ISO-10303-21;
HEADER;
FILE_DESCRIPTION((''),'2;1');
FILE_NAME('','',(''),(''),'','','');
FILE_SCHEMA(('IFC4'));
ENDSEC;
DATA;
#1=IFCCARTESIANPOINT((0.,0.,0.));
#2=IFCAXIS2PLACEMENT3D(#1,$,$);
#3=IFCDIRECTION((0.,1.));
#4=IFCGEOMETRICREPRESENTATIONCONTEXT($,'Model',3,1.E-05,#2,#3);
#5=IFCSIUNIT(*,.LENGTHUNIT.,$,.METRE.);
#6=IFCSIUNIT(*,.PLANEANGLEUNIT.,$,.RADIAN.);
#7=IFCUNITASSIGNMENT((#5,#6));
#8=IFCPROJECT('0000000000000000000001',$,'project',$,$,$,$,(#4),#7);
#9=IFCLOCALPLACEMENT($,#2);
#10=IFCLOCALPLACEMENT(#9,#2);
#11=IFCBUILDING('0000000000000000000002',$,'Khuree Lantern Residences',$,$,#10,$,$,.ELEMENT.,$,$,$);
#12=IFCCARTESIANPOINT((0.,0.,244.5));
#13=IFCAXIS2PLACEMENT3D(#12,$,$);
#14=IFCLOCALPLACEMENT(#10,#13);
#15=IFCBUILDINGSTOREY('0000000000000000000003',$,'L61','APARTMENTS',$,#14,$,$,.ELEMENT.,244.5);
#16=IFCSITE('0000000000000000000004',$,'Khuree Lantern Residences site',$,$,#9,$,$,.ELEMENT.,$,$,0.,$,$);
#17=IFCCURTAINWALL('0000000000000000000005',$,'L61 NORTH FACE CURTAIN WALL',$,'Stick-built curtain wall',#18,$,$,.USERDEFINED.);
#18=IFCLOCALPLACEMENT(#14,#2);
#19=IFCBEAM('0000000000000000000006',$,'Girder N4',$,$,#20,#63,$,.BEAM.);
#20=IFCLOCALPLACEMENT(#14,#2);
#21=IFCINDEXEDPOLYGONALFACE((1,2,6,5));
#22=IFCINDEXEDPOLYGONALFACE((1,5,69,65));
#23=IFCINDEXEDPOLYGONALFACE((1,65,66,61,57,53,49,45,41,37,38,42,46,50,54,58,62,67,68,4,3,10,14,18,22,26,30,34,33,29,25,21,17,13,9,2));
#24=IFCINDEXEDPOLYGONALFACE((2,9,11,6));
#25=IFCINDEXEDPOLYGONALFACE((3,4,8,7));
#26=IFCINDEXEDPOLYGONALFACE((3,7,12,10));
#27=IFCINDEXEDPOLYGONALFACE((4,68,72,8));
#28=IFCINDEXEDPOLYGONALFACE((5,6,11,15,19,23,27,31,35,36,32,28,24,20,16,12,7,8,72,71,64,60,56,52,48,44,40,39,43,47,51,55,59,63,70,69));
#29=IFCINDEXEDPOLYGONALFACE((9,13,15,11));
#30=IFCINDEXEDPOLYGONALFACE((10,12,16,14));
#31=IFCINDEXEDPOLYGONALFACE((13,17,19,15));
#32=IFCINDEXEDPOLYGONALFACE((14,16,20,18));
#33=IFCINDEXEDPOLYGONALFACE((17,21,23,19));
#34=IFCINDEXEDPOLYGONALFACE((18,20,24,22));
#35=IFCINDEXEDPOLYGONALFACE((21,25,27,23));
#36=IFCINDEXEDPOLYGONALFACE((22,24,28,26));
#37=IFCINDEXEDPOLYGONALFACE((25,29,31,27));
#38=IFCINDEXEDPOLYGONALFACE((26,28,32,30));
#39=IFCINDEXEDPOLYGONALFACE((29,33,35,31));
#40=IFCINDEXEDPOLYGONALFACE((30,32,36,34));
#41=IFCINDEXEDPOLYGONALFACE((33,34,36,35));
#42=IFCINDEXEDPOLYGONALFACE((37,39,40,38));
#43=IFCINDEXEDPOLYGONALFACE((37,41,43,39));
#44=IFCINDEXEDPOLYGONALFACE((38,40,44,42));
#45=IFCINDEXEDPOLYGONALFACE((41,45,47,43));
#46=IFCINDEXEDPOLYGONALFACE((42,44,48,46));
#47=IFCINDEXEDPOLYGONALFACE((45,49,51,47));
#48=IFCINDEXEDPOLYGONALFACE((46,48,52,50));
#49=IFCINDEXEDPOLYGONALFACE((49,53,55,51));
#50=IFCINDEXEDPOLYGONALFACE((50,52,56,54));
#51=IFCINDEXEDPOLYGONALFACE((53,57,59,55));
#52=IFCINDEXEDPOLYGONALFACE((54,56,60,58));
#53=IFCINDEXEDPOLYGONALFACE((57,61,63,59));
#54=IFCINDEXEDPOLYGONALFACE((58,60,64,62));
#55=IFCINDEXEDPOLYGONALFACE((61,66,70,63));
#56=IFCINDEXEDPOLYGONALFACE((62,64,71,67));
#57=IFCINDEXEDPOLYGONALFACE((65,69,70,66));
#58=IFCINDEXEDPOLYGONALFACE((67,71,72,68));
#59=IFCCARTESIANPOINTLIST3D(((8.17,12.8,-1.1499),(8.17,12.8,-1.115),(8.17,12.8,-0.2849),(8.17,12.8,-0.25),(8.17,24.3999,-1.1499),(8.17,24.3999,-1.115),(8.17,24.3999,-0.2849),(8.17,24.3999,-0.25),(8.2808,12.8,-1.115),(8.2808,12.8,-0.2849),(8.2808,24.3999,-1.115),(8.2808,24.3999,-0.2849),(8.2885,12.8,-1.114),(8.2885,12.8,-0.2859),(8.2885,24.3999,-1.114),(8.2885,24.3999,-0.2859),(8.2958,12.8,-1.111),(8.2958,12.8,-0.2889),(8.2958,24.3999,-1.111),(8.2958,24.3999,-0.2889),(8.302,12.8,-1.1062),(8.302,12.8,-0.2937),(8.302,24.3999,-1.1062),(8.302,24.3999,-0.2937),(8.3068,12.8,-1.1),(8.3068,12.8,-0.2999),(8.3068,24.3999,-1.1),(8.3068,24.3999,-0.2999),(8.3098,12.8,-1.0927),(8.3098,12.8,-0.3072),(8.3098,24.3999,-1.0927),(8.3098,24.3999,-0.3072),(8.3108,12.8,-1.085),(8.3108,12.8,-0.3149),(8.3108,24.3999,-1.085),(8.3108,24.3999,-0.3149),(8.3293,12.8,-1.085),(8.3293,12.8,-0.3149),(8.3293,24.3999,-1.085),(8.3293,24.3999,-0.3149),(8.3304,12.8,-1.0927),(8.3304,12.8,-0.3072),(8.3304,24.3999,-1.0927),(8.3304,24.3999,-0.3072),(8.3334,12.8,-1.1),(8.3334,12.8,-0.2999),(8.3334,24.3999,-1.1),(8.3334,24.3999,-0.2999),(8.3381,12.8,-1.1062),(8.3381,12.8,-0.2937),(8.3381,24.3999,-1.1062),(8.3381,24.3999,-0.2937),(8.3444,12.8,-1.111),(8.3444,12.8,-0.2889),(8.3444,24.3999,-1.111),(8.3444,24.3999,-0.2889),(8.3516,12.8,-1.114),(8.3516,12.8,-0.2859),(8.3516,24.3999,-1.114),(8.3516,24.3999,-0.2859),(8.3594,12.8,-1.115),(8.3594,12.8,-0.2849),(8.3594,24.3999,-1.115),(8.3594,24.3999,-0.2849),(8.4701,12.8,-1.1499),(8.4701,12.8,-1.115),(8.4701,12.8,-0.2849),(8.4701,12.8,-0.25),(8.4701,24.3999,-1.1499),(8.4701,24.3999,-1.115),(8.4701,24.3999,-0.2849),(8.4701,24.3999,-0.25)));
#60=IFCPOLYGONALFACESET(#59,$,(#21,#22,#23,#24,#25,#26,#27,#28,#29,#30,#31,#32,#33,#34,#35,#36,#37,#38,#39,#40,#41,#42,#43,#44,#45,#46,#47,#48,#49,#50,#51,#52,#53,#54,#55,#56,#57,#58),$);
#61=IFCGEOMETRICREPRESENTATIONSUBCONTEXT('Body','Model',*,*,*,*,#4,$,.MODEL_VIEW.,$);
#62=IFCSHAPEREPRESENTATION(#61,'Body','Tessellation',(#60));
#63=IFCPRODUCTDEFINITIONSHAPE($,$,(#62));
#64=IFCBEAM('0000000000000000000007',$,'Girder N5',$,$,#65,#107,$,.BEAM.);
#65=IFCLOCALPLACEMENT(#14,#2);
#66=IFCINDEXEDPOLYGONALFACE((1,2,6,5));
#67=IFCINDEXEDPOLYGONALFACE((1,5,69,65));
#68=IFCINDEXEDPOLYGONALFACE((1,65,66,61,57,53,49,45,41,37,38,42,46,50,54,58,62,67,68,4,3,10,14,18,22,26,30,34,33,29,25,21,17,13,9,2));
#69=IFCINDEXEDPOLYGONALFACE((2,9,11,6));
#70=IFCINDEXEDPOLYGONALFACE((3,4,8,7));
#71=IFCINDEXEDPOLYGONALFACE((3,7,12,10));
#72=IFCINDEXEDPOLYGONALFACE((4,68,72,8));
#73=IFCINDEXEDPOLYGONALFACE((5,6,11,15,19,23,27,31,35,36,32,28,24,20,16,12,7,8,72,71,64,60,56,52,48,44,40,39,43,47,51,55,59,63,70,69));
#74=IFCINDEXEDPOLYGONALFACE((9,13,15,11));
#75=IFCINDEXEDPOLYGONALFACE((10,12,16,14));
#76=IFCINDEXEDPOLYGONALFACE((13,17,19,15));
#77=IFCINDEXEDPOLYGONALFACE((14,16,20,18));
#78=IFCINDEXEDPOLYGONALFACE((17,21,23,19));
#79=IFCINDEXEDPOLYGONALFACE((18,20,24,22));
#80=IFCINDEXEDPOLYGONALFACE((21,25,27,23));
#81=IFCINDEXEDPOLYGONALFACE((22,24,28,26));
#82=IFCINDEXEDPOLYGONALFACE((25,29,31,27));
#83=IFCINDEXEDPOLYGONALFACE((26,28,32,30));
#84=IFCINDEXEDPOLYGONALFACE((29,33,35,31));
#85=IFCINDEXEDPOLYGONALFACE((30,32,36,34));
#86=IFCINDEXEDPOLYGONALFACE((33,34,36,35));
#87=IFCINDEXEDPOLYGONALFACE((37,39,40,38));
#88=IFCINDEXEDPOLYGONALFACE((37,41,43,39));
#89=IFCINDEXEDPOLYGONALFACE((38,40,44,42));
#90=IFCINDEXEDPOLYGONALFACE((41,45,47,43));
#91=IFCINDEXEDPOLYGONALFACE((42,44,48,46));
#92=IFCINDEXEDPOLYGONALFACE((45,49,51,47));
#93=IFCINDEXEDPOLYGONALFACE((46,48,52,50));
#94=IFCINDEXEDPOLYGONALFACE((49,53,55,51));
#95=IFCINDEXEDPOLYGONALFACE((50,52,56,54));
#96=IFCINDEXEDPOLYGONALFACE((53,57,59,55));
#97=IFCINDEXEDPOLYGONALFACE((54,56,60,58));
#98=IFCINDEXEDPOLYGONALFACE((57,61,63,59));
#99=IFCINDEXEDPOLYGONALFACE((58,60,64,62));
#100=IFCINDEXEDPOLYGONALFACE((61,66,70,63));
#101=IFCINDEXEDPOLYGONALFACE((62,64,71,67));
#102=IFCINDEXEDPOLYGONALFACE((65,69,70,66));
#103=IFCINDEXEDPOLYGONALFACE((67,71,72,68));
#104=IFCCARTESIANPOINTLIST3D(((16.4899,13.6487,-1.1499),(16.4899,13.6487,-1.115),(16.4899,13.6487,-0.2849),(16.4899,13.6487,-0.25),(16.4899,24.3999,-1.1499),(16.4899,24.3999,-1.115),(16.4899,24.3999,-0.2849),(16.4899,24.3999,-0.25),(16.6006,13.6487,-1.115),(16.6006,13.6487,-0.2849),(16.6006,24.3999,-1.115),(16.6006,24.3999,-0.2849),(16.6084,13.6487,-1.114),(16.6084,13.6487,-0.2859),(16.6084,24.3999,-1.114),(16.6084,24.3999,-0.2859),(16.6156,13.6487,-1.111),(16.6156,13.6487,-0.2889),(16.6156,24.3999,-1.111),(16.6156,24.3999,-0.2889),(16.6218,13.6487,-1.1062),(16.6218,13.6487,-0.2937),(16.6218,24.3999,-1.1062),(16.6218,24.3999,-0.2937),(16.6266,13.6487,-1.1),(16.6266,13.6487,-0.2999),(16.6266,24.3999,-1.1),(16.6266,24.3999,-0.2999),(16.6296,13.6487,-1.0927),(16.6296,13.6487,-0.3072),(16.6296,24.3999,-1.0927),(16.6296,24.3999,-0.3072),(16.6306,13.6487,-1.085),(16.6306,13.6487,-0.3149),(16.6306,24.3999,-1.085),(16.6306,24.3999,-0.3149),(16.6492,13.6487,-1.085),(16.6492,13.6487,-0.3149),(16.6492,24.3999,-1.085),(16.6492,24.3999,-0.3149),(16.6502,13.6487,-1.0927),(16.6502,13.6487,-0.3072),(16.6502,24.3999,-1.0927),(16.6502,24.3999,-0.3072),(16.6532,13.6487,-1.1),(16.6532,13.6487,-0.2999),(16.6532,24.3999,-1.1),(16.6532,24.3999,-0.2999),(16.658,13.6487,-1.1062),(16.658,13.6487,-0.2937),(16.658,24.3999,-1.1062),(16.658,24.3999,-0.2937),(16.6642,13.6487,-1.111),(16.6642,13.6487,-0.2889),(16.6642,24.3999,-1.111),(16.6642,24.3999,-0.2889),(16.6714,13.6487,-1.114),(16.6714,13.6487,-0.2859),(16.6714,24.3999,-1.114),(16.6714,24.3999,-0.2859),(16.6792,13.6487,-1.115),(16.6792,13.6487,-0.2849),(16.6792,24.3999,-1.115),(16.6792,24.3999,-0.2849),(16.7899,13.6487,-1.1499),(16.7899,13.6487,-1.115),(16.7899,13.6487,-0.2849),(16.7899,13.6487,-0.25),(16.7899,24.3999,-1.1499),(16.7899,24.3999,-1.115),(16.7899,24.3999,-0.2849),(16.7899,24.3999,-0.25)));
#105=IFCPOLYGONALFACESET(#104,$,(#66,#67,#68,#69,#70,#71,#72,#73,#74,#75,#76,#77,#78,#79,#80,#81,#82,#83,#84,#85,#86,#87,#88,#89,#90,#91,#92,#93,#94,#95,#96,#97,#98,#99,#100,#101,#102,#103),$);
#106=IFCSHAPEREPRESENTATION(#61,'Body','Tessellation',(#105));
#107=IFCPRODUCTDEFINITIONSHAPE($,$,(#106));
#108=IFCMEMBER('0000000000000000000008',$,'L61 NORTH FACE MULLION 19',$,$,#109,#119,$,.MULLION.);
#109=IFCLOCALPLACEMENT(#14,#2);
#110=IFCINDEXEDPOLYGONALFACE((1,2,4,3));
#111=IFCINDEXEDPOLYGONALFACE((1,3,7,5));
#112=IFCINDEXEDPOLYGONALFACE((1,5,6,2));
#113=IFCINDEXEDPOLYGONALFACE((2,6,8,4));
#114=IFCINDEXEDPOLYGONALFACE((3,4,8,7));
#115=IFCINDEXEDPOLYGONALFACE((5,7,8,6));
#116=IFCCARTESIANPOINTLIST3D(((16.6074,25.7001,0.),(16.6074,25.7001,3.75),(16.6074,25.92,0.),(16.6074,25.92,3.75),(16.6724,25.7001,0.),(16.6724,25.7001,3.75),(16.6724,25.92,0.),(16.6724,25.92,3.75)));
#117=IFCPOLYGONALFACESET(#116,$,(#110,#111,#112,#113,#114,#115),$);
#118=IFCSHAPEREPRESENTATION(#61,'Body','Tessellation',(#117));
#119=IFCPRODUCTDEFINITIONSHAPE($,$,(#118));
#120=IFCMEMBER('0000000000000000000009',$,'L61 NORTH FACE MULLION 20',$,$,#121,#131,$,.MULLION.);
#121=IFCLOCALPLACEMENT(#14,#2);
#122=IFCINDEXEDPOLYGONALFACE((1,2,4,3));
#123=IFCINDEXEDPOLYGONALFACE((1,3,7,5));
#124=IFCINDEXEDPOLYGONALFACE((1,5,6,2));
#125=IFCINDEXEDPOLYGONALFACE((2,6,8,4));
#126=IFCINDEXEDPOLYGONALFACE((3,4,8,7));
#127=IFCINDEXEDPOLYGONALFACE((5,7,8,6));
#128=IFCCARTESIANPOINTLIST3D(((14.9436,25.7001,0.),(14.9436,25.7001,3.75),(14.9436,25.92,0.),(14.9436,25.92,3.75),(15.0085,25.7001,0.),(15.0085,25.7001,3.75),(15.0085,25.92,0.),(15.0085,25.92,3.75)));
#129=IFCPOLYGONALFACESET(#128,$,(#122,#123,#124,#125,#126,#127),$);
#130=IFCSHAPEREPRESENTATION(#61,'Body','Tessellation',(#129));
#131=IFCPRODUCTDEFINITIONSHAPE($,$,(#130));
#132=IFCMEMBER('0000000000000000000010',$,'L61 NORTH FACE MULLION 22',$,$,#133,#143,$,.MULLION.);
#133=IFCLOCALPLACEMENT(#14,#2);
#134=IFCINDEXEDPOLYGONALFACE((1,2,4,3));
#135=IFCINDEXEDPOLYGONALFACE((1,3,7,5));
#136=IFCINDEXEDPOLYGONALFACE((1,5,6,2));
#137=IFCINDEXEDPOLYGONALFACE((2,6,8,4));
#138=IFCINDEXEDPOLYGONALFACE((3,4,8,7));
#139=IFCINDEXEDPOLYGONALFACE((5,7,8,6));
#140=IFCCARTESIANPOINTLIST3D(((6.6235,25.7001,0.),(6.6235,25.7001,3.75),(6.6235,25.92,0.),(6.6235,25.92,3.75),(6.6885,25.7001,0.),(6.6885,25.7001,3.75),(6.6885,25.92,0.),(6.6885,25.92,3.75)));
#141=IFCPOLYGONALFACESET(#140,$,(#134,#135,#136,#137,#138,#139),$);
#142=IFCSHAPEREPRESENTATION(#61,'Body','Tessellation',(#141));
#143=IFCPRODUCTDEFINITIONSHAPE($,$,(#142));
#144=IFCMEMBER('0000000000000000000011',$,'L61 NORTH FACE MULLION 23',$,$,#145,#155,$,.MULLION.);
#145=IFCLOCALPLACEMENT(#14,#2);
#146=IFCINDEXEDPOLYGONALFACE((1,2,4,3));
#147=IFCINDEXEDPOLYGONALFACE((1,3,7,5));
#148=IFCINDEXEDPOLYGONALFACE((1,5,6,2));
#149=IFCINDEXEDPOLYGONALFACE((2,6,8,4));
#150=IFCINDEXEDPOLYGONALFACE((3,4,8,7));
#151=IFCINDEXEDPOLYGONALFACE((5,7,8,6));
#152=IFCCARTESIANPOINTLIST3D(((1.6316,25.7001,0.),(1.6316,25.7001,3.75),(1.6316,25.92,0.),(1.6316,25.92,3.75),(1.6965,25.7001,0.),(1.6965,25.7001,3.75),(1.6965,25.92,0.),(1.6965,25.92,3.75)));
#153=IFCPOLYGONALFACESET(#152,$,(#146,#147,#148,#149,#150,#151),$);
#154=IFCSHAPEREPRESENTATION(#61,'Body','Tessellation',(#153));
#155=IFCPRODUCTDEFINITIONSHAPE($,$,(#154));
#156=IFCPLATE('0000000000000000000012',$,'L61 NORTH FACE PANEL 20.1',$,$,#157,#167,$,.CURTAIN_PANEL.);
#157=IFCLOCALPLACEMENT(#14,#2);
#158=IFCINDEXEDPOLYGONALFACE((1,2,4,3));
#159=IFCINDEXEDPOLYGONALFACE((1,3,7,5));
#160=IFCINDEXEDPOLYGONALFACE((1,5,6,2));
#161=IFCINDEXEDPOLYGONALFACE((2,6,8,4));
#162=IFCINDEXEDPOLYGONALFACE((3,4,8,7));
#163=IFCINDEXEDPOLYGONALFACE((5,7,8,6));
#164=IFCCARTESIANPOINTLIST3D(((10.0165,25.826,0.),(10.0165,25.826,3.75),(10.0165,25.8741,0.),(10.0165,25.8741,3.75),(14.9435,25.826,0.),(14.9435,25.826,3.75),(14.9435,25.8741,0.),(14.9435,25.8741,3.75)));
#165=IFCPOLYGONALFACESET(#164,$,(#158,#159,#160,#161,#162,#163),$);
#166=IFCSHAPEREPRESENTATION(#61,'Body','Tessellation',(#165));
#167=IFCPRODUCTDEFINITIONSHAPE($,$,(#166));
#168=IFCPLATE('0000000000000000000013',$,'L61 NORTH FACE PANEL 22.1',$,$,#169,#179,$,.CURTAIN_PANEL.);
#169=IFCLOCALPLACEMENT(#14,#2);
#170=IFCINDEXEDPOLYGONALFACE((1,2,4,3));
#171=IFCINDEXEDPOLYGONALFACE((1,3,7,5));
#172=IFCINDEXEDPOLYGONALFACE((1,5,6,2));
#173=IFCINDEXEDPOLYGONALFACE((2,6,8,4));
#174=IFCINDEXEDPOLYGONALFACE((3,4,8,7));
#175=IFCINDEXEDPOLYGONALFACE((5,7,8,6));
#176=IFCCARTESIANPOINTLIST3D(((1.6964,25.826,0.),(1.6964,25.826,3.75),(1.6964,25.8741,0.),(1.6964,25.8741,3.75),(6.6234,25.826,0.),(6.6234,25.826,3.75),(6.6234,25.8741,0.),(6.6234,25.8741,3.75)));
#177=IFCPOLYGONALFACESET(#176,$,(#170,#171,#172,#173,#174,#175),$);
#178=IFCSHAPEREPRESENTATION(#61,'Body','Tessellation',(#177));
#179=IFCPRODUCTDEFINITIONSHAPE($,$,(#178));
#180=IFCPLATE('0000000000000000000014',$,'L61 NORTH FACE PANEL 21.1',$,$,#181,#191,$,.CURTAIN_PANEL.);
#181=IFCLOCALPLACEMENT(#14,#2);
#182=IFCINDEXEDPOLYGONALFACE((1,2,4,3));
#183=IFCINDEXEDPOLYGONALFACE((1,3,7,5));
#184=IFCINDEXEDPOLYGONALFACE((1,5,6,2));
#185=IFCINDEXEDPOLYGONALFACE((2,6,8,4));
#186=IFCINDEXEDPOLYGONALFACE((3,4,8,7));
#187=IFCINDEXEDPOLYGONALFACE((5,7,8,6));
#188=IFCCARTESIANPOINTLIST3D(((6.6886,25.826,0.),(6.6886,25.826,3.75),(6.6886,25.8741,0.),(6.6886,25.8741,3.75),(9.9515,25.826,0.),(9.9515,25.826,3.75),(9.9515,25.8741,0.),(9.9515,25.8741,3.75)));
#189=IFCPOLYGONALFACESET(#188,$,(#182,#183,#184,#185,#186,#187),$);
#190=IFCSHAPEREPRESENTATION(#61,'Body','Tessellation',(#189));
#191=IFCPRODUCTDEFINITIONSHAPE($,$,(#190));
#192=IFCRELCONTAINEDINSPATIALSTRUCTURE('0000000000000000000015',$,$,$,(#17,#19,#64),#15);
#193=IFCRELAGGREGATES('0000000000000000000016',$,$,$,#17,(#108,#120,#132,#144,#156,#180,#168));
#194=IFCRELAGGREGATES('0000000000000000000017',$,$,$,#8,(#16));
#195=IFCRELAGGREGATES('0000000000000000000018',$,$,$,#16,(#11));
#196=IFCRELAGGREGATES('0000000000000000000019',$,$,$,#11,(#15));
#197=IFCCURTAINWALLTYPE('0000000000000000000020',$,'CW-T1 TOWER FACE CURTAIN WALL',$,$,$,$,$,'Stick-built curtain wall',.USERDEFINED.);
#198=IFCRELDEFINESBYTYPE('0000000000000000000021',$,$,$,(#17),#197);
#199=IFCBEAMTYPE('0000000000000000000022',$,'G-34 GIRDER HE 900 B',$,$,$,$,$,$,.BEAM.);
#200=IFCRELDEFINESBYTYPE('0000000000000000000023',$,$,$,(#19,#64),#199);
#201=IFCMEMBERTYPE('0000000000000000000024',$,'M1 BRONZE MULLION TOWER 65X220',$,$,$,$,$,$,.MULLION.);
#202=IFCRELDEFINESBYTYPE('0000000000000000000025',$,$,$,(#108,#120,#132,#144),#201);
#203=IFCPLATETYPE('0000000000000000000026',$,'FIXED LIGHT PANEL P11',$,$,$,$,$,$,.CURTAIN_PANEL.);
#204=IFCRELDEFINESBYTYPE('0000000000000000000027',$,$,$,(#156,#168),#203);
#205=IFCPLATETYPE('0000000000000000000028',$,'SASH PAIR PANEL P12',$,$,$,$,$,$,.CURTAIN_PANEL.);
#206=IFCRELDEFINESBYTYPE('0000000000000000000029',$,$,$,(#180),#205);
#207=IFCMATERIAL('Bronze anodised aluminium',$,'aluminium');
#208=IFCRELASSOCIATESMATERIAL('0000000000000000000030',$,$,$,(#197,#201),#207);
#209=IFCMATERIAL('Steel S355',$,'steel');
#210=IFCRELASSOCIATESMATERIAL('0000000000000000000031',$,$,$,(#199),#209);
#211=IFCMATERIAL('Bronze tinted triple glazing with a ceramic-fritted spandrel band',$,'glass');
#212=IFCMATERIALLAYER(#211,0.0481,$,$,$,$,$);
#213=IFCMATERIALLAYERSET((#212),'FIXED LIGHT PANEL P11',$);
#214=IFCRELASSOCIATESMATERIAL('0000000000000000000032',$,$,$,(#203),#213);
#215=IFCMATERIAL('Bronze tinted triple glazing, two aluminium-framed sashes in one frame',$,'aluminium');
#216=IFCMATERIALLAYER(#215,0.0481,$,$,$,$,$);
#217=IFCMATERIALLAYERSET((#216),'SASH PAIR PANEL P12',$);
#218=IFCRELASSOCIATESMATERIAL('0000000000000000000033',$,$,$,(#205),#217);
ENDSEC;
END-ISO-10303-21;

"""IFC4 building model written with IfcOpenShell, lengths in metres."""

from ifc_helpers import new_model, si_unit, direction, frame, origin, origin_2d, place, context, subcontext, project, spatial, rectangle, i_section, extrude, material, layer, layer_set, material_profile, profile_set, type_object, element, aggregate, save


model = new_model("IFC4")

# Units and contexts
model_context = context("Model", 3, precision=1e-05, world=origin(), true_north=direction((0.0, 1.0)))
body_context = subcontext(model_context, "Body", "Model", "MODEL_VIEW")
ifc_project = project(units=[si_unit("LENGTHUNIT", "METRE"), si_unit("PLANEANGLEUNIT", "RADIAN")], contexts=[model_context])

# Site, building, storey
site_placement = place(None, origin())
site = spatial("IfcSite", under=ifc_project, at=site_placement, Name="Khuree Lantern Residences site", CompositionType="ELEMENT", RefElevation=0.0)
building_placement = place(site_placement, origin())
building = spatial("IfcBuilding", under=site, at=building_placement, Name="Khuree Lantern Residences", CompositionType="ELEMENT")
storey_placement = place(building_placement, frame((0.0, 0.0, 244.5)))
storey = spatial("IfcBuildingStorey", under=building, at=storey_placement, Name="L61", Description="APARTMENTS", CompositionType="ELEMENT", Elevation=244.5)

# Shared definitions
ifc_material_1 = material(Name="Steel S355", Category="steel")

# Curtain wall
ifc_material_2 = material(Name="Bronze anodised aluminium", Category="aluminium")
curtain_wall_type = type_object("IfcCurtainWallType", Name="CW-T1 TOWER FACE CURTAIN WALL", ElementType="Stick-built curtain wall", PredefinedType="USERDEFINED", material=ifc_material_2)
curtain_wall_placement = place(storey_placement, origin())
curtain_wall = element("IfcCurtainWall", 1, at=curtain_wall_placement, inside=storey, type_object=curtain_wall_type, Name="L61 NORTH FACE CURTAIN WALL", ObjectType="Stick-built curtain wall", PredefinedType="USERDEFINED")

# Beams
ifc_material_profile_1 = material_profile(ifc_material_1, i_section(OverallWidth=0.3, OverallDepth=0.8999, WebThickness=0.0186, FlangeThickness=0.0349, FilletRadius=0.03, at=origin_2d()), Name="HE 900 B")
ifc_profile_set_1 = profile_set([ifc_material_profile_1], Name="Steel S355")
beam_type_1 = type_object("IfcBeamType", Name="G-34 GIRDER HE 900 B", PredefinedType="BEAM", material=ifc_profile_set_1)
for number, where, z_axis, x_axis, name in (
    (2, (8.3201, 24.3999, -0.7), (0.0, -1.0, 0.0), (1.0, 0.0, 0.0), "Girder N4"),
):
    element("IfcBeam", number, at=place(storey_placement, frame(where, z_axis=z_axis, x_axis=x_axis)), inside=storey, type_object=beam_type_1, Name=name, PredefinedType="BEAM", context=body_context, shape_type="SweptSolid", body=[
        extrude(i_section(OverallWidth=0.3, OverallDepth=0.8999, WebThickness=0.0186, FlangeThickness=0.0349, FilletRadius=0.03, at=origin_2d()), origin(), (0.0, 0.0, 1.0), 11.5999),
    ])
beam_1_placement = place(storey_placement, frame((16.6399, 24.3999, -0.7), z_axis=(0.0, -1.0, 0.0), x_axis=(1.0, 0.0, 0.0)))
element("IfcBeam", 3, at=beam_1_placement, inside=storey, type_object=beam_type_1, Name="Girder N5", PredefinedType="BEAM", context=body_context, shape_type="SweptSolid", body=[
    extrude(i_section(OverallWidth=0.3, OverallDepth=0.8999, WebThickness=0.0186, FlangeThickness=0.0349, FilletRadius=0.03, at=origin_2d()), origin(), (0.0, 0.0, 1.0), 10.7512),
])

# Members
ifc_material_profile_2 = material_profile(ifc_material_2, rectangle(XDim=0.0649, YDim=0.22, at=origin_2d()), Name="M1 65X220")
ifc_profile_set_2 = profile_set([ifc_material_profile_2], Name="Bronze anodised aluminium")
member_type_1 = type_object("IfcMemberType", Name="M1 BRONZE MULLION TOWER 65X220", PredefinedType="MULLION", material=ifc_profile_set_2)
member_1_placement = place(storey_placement, frame((16.6399, 25.8101, 0.0), z_axis=(0.0, 0.0, 1.0), x_axis=(-1.0, 0.0, 0.0)))
member_1 = element("IfcMember", 4, at=member_1_placement, type_object=member_type_1, Name="L61 NORTH FACE MULLION 19", PredefinedType="MULLION", context=body_context, shape_type="SweptSolid", body=[
    extrude(rectangle(XDim=0.0649, YDim=0.22, at=origin_2d()), origin(), (0.0, 0.0, 1.0), 3.75),
])
member_2_placement = place(storey_placement, frame((14.9761, 25.8101, 0.0), z_axis=(0.0, 0.0, 1.0), x_axis=(-1.0, 0.0, 0.0)))
member_2 = element("IfcMember", 5, at=member_2_placement, type_object=member_type_1, Name="L61 NORTH FACE MULLION 20", PredefinedType="MULLION", context=body_context, shape_type="SweptSolid", body=[
    extrude(rectangle(XDim=0.0649, YDim=0.22, at=origin_2d()), origin(), (0.0, 0.0, 1.0), 3.75),
])
member_3_placement = place(storey_placement, frame((6.656, 25.8101, 0.0), z_axis=(0.0, 0.0, 1.0), x_axis=(-1.0, 0.0, 0.0)))
member_3 = element("IfcMember", 6, at=member_3_placement, type_object=member_type_1, Name="L61 NORTH FACE MULLION 22", PredefinedType="MULLION", context=body_context, shape_type="SweptSolid", body=[
    extrude(rectangle(XDim=0.0649, YDim=0.22, at=origin_2d()), origin(), (0.0, 0.0, 1.0), 3.75),
])
member_4_placement = place(storey_placement, frame((1.6641, 25.8101, 0.0), z_axis=(0.0, 0.0, 1.0), x_axis=(-1.0, 0.0, 0.0)))
member_4 = element("IfcMember", 7, at=member_4_placement, type_object=member_type_1, Name="L61 NORTH FACE MULLION 23", PredefinedType="MULLION", context=body_context, shape_type="SweptSolid", body=[
    extrude(rectangle(XDim=0.0649, YDim=0.22, at=origin_2d()), origin(), (0.0, 0.0, 1.0), 3.75),
])

# Plates
ifc_material_3 = material(Name="Bronze tinted triple glazing with a ceramic-fritted spandrel band", Category="glass")
ifc_layer_1 = layer(ifc_material_3, 0.0481)
ifc_layer_set_1 = layer_set([ifc_layer_1], Name="FIXED LIGHT PANEL P11")
plate_type_1 = type_object("IfcPlateType", Name="FIXED LIGHT PANEL P11", PredefinedType="CURTAIN_PANEL", material=ifc_layer_set_1)
plate_1_placement = place(storey_placement, frame((12.48, 25.8501, 0.0), z_axis=(0.0, 0.0, 1.0), x_axis=(-1.0, 0.0, 0.0)))
plate_1 = element("IfcPlate", 8, at=plate_1_placement, type_object=plate_type_1, Name="L61 NORTH FACE PANEL 20.1", PredefinedType="CURTAIN_PANEL", context=body_context, shape_type="SweptSolid", body=[
    extrude(rectangle(XDim=4.927, YDim=0.0481, at=origin_2d()), origin(), (0.0, 0.0, 1.0), 3.75),
])
plate_2_placement = place(storey_placement, frame((4.1599, 25.8501, 0.0), z_axis=(0.0, 0.0, 1.0), x_axis=(-1.0, 0.0, 0.0)))
plate_2 = element("IfcPlate", 9, at=plate_2_placement, type_object=plate_type_1, Name="L61 NORTH FACE PANEL 22.1", PredefinedType="CURTAIN_PANEL", context=body_context, shape_type="SweptSolid", body=[
    extrude(rectangle(XDim=4.927, YDim=0.0481, at=origin_2d()), origin(), (0.0, 0.0, 1.0), 3.75),
])
ifc_material_4 = material(Name="Bronze tinted triple glazing, two aluminium-framed sashes in one frame", Category="aluminium")
ifc_layer_2 = layer(ifc_material_4, 0.0481)
ifc_layer_set_2 = layer_set([ifc_layer_2], Name="SASH PAIR PANEL P12")
plate_type_2 = type_object("IfcPlateType", Name="SASH PAIR PANEL P12", PredefinedType="CURTAIN_PANEL", material=ifc_layer_set_2)
plate_3_placement = place(storey_placement, frame((8.3201, 25.8501, 0.0), z_axis=(0.0, 0.0, 1.0), x_axis=(-1.0, 0.0, 0.0)))
plate_3 = element("IfcPlate", 10, at=plate_3_placement, type_object=plate_type_2, Name="L61 NORTH FACE PANEL 21.1", PredefinedType="CURTAIN_PANEL", context=body_context, shape_type="SweptSolid", body=[
    extrude(rectangle(XDim=3.2629, YDim=0.0481, at=origin_2d()), origin(), (0.0, 0.0, 1.0), 3.75),
])
aggregate(curtain_wall, [member_1, member_2, member_3, member_4, plate_1, plate_3, plate_2])

save(model, "model.ifc")
